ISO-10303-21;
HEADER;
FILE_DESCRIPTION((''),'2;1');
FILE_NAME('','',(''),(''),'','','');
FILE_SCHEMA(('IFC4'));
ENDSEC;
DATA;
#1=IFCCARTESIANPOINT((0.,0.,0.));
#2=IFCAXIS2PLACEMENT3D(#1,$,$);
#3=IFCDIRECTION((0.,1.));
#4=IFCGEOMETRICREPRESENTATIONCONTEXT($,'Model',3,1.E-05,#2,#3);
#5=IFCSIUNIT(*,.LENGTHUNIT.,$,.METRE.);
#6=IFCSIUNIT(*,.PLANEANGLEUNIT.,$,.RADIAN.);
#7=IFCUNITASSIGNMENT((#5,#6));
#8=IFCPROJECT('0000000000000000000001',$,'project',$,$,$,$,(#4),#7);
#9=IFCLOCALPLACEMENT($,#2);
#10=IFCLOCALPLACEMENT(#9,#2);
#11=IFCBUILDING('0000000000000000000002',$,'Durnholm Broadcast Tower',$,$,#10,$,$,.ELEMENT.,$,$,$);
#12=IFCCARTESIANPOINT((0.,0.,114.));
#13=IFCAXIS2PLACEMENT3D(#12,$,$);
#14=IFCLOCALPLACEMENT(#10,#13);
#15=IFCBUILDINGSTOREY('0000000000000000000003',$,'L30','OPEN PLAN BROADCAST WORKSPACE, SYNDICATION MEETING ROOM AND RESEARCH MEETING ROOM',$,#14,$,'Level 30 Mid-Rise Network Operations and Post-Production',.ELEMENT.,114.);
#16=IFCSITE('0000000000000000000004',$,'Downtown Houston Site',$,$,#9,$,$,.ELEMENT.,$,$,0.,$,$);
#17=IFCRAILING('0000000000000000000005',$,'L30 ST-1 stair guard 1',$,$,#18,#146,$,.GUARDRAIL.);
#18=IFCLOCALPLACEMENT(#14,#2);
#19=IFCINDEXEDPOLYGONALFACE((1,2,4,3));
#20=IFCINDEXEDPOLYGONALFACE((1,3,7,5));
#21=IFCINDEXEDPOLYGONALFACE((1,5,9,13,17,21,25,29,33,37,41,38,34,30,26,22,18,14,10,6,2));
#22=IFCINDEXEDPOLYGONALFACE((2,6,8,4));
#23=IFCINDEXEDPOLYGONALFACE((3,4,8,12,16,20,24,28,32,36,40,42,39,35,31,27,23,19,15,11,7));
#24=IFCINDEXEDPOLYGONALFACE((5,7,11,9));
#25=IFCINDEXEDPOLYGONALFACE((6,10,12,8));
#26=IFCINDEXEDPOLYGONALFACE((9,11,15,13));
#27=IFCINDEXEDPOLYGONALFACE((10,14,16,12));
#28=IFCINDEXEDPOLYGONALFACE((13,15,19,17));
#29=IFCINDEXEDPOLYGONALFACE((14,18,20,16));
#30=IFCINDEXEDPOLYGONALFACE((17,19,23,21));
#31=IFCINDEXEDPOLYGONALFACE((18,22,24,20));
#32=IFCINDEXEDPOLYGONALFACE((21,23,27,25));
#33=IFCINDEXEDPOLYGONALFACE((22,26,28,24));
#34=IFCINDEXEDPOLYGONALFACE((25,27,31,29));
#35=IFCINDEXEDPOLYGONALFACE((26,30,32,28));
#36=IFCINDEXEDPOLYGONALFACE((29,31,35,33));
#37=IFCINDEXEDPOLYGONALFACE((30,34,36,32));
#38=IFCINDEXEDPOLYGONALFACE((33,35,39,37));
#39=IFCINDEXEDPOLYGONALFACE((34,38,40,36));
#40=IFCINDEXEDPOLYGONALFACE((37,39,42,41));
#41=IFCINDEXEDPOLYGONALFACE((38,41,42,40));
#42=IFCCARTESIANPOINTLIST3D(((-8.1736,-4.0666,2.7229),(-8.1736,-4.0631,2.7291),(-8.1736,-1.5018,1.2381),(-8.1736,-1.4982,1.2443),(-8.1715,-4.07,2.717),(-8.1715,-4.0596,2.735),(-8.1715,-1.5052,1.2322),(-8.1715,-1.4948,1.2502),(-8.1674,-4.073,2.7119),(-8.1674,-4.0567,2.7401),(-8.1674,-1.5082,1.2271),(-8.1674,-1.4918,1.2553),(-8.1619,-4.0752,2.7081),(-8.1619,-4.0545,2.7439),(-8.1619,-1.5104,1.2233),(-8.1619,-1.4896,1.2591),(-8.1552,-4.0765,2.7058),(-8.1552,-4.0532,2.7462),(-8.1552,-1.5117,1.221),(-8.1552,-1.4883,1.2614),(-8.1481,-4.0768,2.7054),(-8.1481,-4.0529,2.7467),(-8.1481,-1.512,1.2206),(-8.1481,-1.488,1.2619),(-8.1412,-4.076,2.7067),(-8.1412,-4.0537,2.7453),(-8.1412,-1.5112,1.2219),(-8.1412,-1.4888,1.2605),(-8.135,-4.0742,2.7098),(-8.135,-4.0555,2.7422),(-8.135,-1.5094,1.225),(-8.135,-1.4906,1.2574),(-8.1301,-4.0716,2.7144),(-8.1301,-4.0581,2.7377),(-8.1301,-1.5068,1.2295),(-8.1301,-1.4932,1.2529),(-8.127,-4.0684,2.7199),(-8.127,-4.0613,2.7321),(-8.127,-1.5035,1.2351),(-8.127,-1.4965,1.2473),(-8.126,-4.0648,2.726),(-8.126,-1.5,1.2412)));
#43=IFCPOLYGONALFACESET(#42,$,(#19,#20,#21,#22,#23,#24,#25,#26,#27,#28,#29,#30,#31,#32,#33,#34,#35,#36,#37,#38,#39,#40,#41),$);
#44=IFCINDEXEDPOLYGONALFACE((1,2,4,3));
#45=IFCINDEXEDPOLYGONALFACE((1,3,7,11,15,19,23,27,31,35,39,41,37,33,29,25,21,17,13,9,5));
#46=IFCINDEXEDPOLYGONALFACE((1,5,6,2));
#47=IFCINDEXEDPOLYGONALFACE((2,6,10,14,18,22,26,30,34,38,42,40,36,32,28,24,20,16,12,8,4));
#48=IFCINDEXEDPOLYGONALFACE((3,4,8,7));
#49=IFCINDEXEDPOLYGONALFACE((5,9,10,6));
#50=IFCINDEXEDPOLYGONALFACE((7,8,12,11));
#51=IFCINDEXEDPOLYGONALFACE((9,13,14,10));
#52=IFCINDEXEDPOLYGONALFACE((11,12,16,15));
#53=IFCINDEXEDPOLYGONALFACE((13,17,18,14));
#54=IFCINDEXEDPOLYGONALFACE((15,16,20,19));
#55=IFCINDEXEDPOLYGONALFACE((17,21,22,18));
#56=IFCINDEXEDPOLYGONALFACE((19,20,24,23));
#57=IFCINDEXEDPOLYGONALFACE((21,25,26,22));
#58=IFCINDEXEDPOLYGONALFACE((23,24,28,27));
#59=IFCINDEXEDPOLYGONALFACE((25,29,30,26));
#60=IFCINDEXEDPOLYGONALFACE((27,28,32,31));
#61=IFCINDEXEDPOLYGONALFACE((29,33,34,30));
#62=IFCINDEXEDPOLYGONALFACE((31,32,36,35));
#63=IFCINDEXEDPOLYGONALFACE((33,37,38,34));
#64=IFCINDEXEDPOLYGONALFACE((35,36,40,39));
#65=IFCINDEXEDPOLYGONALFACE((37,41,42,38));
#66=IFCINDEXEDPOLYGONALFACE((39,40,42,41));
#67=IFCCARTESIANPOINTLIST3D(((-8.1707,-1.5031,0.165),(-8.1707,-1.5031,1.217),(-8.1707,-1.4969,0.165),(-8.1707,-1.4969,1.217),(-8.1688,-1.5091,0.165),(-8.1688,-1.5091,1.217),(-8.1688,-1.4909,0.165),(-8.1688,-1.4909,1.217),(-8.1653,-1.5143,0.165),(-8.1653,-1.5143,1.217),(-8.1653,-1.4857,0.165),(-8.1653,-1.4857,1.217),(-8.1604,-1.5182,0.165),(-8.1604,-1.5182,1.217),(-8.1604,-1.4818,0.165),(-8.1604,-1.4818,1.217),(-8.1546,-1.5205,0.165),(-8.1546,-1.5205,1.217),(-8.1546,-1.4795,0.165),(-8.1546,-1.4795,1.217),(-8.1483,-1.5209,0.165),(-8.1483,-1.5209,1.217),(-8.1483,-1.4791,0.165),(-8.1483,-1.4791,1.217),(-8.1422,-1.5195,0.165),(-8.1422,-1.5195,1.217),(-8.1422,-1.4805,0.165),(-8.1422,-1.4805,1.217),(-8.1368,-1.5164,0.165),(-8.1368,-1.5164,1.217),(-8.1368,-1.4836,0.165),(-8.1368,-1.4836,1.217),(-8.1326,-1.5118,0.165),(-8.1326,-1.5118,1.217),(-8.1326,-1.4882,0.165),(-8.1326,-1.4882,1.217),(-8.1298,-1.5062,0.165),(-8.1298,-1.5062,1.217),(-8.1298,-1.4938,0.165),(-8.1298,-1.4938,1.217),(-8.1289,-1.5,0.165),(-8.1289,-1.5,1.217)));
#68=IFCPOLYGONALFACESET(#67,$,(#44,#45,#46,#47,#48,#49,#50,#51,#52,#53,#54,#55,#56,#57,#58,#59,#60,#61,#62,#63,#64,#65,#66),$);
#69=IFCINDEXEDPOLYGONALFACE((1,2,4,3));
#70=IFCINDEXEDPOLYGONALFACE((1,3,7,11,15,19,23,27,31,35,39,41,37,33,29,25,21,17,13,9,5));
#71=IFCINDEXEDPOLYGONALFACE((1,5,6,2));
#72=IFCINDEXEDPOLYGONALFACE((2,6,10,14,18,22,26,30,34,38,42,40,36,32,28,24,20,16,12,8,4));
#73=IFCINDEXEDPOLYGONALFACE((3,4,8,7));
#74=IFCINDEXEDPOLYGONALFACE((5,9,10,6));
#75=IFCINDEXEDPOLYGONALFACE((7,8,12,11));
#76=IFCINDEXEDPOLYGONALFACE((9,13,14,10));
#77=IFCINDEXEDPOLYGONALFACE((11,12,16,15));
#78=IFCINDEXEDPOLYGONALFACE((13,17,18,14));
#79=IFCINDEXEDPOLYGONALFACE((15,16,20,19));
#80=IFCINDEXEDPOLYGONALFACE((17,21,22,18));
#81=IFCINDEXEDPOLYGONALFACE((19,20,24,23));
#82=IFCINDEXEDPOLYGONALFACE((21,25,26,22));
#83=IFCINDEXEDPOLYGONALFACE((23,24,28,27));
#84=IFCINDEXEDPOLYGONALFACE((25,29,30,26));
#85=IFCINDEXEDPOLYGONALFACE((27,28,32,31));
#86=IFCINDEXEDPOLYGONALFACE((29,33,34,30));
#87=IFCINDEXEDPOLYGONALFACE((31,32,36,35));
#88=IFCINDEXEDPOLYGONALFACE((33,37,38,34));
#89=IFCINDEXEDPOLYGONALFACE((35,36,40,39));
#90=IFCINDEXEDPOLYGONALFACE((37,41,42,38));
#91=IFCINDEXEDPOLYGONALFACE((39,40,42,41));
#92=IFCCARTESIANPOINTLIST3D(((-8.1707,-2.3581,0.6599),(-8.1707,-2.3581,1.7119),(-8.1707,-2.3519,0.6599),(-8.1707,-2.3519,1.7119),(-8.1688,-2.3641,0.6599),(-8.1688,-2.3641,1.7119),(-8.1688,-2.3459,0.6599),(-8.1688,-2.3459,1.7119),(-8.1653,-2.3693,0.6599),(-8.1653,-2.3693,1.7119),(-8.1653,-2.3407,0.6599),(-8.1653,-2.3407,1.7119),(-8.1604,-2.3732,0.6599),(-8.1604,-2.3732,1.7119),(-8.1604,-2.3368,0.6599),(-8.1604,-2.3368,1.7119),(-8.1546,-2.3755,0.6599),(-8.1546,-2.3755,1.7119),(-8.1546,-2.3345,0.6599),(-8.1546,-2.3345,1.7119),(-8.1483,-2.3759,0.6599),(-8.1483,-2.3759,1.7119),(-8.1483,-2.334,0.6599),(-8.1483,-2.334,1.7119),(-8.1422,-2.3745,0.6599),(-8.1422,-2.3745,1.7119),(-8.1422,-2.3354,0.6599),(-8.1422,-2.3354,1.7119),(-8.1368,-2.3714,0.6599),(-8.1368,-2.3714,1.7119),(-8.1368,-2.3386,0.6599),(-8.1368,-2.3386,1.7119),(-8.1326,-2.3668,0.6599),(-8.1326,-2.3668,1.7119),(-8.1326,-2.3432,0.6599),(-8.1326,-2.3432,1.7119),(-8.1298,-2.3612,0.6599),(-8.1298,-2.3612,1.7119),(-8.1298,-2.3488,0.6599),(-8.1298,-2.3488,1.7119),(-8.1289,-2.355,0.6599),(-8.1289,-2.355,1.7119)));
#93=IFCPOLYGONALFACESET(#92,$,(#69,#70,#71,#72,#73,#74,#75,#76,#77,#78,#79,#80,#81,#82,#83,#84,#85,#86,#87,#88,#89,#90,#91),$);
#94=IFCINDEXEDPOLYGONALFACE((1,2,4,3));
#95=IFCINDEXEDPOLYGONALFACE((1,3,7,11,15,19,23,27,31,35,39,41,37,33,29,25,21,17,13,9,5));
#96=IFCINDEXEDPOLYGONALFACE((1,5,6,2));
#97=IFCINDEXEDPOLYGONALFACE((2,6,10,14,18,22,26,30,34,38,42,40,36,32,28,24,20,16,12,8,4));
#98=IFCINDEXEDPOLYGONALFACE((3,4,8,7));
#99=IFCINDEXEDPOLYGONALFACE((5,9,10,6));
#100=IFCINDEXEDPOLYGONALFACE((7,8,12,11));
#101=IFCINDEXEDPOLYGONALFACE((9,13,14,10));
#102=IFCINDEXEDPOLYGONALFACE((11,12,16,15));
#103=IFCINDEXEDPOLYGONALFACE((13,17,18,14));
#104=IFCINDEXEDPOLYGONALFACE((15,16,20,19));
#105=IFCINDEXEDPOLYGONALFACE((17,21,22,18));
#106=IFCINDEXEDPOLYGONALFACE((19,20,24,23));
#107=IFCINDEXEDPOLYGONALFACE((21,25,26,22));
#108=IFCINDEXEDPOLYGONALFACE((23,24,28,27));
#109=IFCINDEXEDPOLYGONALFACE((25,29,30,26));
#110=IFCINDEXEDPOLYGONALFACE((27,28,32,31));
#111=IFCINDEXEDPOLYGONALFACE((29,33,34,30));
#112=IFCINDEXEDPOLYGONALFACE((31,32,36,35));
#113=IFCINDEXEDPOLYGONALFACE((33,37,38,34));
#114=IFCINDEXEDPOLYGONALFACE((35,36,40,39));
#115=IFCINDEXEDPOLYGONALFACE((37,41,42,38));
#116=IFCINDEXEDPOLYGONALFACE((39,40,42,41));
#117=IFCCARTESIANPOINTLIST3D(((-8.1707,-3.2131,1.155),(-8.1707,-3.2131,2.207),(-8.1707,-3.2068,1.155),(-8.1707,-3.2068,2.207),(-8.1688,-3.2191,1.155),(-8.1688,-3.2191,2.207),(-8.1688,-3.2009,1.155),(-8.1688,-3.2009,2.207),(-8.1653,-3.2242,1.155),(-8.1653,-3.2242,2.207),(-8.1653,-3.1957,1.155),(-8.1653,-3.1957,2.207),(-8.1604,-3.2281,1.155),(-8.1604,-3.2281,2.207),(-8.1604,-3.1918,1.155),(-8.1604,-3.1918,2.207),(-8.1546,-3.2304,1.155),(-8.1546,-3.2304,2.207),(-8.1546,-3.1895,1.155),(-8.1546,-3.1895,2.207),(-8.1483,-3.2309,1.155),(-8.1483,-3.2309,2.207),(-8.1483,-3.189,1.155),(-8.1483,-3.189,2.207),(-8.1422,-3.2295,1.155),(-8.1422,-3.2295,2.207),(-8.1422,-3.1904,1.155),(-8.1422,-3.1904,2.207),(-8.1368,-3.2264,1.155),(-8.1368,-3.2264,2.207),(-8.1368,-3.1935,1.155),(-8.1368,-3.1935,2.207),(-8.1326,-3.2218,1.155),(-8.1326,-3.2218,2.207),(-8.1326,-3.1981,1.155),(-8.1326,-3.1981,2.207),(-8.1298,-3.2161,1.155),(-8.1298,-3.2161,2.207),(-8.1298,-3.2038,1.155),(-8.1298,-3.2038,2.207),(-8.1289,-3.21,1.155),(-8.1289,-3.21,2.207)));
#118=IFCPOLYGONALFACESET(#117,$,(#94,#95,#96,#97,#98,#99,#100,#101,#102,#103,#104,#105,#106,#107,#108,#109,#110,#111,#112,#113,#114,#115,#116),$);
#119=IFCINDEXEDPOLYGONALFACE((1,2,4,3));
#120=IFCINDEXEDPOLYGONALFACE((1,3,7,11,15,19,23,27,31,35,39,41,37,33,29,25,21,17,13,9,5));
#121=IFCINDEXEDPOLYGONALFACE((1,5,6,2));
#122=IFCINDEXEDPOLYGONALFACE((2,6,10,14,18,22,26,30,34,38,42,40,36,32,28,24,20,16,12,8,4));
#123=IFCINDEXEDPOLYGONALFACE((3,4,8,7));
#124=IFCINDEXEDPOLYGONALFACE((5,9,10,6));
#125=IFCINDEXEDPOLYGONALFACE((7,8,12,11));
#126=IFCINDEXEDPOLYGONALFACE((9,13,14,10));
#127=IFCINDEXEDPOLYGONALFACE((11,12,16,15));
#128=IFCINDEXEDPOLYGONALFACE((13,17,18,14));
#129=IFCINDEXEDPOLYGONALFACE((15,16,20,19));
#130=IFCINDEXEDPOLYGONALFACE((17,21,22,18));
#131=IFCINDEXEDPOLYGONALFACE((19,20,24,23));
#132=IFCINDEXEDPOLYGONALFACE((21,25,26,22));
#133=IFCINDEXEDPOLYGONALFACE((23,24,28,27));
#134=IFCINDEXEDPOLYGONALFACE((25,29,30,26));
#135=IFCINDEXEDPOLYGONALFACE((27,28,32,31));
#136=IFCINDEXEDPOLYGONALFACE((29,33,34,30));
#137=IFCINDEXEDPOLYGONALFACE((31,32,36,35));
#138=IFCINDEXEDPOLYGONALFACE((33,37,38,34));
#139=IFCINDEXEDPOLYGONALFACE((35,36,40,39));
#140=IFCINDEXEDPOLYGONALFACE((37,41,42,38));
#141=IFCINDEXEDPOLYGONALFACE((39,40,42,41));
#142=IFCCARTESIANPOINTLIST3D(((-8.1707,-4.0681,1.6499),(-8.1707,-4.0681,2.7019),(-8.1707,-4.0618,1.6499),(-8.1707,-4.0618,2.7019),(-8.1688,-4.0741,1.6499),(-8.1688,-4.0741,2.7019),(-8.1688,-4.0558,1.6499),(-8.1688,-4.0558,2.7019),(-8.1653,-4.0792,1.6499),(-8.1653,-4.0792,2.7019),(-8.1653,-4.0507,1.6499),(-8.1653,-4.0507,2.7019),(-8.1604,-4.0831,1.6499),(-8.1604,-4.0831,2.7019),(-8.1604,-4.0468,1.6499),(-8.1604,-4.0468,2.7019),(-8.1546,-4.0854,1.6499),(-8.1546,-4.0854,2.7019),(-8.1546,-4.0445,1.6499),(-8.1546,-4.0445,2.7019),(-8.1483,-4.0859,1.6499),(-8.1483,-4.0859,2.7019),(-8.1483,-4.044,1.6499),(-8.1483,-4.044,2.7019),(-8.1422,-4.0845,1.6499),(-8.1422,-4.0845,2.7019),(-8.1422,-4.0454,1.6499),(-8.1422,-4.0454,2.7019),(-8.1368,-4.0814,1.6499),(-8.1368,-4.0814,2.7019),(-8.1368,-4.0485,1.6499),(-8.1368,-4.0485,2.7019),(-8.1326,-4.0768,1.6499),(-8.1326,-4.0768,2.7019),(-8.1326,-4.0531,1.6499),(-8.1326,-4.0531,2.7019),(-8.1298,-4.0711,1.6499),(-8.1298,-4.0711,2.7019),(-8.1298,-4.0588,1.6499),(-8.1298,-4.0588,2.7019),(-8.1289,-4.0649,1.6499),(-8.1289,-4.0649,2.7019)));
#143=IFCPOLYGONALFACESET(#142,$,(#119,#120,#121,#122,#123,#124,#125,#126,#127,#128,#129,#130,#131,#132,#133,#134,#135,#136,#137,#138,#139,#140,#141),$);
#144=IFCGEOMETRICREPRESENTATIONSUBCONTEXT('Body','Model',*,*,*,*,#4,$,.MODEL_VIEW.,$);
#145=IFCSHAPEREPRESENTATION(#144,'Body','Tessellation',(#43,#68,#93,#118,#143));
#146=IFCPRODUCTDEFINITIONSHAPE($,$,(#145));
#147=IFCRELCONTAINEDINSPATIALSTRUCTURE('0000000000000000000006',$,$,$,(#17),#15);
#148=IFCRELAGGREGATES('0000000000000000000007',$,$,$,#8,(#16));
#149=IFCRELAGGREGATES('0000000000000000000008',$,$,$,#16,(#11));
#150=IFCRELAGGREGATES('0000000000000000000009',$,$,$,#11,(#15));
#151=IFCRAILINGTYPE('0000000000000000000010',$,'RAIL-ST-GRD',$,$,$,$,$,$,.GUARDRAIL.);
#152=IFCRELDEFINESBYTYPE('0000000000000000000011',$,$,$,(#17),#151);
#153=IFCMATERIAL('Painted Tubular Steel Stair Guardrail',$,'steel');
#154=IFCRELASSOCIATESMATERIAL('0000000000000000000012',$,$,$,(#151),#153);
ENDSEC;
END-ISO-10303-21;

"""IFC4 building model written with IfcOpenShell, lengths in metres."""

from ifc_helpers import new_model, si_unit, direction, frame, origin, origin_2d, place, context, subcontext, project, spatial, circle, extrude, material, type_object, element, save


model = new_model("IFC4")

# Units and contexts
model_context = context("Model", 3, precision=1e-05, world=origin(), true_north=direction((0.0, 1.0)))
body_context = subcontext(model_context, "Body", "Model", "MODEL_VIEW")
ifc_project = project(units=[si_unit("LENGTHUNIT", "METRE"), si_unit("PLANEANGLEUNIT", "RADIAN")], contexts=[model_context])

# Site, building, storey
site_placement = place(None, origin())
site = spatial("IfcSite", under=ifc_project, at=site_placement, Name="Downtown Houston Site", CompositionType="ELEMENT", RefElevation=0.0)
building_placement = place(site_placement, origin())
building = spatial("IfcBuilding", under=site, at=building_placement, Name="Durnholm Broadcast Tower", CompositionType="ELEMENT")
storey_placement = place(building_placement, frame((0.0, 0.0, 114.0)))
storey = spatial("IfcBuildingStorey", under=building, at=storey_placement, Name="L30", Description="OPEN PLAN BROADCAST WORKSPACE, SYNDICATION MEETING ROOM AND RESEARCH MEETING ROOM", LongName="Level 30 Mid-Rise Network Operations and Post-Production", CompositionType="ELEMENT", Elevation=114.0)

# Railing
ifc_material_1 = material(Name="Painted Tubular Steel Stair Guardrail", Category="steel")
railing_type_1 = type_object("IfcRailingType", Name="RAIL-ST-GRD", PredefinedType="GUARDRAIL", material=ifc_material_1)
railing_1_placement = place(storey_placement, frame((-8.1499, -1.5, 0.165)))
element("IfcRailing", 1, at=railing_1_placement, inside=storey, type_object=railing_type_1, Name="L30 ST-1 stair guard 1", PredefinedType="GUARDRAIL", context=body_context, shape_type="SweptSolid", body=[
    extrude(circle(Radius=0.0239, at=origin_2d()), frame((0.0, 0.0, 1.0762), z_axis=(0.0, -0.865441, 0.50101), x_axis=(1.0, 0.0, 0.0)), (0.0, 0.0, 1.0), 2.9636),
    extrude(circle(Radius=0.021, at=origin_2d()), origin(), (0.0, 0.0, 1.0), 1.052),
    extrude(circle(Radius=0.021, at=origin_2d()), frame((0.0, -0.855, 0.4949)), (0.0, 0.0, 1.0), 1.052),
    extrude(circle(Radius=0.021, at=origin_2d()), frame((0.0, -1.71, 0.99)), (0.0, 0.0, 1.0), 1.052),
    extrude(circle(Radius=0.021, at=origin_2d()), frame((0.0, -2.5649, 1.4849)), (0.0, 0.0, 1.0), 1.052),
])

save(model, "model.ifc")
